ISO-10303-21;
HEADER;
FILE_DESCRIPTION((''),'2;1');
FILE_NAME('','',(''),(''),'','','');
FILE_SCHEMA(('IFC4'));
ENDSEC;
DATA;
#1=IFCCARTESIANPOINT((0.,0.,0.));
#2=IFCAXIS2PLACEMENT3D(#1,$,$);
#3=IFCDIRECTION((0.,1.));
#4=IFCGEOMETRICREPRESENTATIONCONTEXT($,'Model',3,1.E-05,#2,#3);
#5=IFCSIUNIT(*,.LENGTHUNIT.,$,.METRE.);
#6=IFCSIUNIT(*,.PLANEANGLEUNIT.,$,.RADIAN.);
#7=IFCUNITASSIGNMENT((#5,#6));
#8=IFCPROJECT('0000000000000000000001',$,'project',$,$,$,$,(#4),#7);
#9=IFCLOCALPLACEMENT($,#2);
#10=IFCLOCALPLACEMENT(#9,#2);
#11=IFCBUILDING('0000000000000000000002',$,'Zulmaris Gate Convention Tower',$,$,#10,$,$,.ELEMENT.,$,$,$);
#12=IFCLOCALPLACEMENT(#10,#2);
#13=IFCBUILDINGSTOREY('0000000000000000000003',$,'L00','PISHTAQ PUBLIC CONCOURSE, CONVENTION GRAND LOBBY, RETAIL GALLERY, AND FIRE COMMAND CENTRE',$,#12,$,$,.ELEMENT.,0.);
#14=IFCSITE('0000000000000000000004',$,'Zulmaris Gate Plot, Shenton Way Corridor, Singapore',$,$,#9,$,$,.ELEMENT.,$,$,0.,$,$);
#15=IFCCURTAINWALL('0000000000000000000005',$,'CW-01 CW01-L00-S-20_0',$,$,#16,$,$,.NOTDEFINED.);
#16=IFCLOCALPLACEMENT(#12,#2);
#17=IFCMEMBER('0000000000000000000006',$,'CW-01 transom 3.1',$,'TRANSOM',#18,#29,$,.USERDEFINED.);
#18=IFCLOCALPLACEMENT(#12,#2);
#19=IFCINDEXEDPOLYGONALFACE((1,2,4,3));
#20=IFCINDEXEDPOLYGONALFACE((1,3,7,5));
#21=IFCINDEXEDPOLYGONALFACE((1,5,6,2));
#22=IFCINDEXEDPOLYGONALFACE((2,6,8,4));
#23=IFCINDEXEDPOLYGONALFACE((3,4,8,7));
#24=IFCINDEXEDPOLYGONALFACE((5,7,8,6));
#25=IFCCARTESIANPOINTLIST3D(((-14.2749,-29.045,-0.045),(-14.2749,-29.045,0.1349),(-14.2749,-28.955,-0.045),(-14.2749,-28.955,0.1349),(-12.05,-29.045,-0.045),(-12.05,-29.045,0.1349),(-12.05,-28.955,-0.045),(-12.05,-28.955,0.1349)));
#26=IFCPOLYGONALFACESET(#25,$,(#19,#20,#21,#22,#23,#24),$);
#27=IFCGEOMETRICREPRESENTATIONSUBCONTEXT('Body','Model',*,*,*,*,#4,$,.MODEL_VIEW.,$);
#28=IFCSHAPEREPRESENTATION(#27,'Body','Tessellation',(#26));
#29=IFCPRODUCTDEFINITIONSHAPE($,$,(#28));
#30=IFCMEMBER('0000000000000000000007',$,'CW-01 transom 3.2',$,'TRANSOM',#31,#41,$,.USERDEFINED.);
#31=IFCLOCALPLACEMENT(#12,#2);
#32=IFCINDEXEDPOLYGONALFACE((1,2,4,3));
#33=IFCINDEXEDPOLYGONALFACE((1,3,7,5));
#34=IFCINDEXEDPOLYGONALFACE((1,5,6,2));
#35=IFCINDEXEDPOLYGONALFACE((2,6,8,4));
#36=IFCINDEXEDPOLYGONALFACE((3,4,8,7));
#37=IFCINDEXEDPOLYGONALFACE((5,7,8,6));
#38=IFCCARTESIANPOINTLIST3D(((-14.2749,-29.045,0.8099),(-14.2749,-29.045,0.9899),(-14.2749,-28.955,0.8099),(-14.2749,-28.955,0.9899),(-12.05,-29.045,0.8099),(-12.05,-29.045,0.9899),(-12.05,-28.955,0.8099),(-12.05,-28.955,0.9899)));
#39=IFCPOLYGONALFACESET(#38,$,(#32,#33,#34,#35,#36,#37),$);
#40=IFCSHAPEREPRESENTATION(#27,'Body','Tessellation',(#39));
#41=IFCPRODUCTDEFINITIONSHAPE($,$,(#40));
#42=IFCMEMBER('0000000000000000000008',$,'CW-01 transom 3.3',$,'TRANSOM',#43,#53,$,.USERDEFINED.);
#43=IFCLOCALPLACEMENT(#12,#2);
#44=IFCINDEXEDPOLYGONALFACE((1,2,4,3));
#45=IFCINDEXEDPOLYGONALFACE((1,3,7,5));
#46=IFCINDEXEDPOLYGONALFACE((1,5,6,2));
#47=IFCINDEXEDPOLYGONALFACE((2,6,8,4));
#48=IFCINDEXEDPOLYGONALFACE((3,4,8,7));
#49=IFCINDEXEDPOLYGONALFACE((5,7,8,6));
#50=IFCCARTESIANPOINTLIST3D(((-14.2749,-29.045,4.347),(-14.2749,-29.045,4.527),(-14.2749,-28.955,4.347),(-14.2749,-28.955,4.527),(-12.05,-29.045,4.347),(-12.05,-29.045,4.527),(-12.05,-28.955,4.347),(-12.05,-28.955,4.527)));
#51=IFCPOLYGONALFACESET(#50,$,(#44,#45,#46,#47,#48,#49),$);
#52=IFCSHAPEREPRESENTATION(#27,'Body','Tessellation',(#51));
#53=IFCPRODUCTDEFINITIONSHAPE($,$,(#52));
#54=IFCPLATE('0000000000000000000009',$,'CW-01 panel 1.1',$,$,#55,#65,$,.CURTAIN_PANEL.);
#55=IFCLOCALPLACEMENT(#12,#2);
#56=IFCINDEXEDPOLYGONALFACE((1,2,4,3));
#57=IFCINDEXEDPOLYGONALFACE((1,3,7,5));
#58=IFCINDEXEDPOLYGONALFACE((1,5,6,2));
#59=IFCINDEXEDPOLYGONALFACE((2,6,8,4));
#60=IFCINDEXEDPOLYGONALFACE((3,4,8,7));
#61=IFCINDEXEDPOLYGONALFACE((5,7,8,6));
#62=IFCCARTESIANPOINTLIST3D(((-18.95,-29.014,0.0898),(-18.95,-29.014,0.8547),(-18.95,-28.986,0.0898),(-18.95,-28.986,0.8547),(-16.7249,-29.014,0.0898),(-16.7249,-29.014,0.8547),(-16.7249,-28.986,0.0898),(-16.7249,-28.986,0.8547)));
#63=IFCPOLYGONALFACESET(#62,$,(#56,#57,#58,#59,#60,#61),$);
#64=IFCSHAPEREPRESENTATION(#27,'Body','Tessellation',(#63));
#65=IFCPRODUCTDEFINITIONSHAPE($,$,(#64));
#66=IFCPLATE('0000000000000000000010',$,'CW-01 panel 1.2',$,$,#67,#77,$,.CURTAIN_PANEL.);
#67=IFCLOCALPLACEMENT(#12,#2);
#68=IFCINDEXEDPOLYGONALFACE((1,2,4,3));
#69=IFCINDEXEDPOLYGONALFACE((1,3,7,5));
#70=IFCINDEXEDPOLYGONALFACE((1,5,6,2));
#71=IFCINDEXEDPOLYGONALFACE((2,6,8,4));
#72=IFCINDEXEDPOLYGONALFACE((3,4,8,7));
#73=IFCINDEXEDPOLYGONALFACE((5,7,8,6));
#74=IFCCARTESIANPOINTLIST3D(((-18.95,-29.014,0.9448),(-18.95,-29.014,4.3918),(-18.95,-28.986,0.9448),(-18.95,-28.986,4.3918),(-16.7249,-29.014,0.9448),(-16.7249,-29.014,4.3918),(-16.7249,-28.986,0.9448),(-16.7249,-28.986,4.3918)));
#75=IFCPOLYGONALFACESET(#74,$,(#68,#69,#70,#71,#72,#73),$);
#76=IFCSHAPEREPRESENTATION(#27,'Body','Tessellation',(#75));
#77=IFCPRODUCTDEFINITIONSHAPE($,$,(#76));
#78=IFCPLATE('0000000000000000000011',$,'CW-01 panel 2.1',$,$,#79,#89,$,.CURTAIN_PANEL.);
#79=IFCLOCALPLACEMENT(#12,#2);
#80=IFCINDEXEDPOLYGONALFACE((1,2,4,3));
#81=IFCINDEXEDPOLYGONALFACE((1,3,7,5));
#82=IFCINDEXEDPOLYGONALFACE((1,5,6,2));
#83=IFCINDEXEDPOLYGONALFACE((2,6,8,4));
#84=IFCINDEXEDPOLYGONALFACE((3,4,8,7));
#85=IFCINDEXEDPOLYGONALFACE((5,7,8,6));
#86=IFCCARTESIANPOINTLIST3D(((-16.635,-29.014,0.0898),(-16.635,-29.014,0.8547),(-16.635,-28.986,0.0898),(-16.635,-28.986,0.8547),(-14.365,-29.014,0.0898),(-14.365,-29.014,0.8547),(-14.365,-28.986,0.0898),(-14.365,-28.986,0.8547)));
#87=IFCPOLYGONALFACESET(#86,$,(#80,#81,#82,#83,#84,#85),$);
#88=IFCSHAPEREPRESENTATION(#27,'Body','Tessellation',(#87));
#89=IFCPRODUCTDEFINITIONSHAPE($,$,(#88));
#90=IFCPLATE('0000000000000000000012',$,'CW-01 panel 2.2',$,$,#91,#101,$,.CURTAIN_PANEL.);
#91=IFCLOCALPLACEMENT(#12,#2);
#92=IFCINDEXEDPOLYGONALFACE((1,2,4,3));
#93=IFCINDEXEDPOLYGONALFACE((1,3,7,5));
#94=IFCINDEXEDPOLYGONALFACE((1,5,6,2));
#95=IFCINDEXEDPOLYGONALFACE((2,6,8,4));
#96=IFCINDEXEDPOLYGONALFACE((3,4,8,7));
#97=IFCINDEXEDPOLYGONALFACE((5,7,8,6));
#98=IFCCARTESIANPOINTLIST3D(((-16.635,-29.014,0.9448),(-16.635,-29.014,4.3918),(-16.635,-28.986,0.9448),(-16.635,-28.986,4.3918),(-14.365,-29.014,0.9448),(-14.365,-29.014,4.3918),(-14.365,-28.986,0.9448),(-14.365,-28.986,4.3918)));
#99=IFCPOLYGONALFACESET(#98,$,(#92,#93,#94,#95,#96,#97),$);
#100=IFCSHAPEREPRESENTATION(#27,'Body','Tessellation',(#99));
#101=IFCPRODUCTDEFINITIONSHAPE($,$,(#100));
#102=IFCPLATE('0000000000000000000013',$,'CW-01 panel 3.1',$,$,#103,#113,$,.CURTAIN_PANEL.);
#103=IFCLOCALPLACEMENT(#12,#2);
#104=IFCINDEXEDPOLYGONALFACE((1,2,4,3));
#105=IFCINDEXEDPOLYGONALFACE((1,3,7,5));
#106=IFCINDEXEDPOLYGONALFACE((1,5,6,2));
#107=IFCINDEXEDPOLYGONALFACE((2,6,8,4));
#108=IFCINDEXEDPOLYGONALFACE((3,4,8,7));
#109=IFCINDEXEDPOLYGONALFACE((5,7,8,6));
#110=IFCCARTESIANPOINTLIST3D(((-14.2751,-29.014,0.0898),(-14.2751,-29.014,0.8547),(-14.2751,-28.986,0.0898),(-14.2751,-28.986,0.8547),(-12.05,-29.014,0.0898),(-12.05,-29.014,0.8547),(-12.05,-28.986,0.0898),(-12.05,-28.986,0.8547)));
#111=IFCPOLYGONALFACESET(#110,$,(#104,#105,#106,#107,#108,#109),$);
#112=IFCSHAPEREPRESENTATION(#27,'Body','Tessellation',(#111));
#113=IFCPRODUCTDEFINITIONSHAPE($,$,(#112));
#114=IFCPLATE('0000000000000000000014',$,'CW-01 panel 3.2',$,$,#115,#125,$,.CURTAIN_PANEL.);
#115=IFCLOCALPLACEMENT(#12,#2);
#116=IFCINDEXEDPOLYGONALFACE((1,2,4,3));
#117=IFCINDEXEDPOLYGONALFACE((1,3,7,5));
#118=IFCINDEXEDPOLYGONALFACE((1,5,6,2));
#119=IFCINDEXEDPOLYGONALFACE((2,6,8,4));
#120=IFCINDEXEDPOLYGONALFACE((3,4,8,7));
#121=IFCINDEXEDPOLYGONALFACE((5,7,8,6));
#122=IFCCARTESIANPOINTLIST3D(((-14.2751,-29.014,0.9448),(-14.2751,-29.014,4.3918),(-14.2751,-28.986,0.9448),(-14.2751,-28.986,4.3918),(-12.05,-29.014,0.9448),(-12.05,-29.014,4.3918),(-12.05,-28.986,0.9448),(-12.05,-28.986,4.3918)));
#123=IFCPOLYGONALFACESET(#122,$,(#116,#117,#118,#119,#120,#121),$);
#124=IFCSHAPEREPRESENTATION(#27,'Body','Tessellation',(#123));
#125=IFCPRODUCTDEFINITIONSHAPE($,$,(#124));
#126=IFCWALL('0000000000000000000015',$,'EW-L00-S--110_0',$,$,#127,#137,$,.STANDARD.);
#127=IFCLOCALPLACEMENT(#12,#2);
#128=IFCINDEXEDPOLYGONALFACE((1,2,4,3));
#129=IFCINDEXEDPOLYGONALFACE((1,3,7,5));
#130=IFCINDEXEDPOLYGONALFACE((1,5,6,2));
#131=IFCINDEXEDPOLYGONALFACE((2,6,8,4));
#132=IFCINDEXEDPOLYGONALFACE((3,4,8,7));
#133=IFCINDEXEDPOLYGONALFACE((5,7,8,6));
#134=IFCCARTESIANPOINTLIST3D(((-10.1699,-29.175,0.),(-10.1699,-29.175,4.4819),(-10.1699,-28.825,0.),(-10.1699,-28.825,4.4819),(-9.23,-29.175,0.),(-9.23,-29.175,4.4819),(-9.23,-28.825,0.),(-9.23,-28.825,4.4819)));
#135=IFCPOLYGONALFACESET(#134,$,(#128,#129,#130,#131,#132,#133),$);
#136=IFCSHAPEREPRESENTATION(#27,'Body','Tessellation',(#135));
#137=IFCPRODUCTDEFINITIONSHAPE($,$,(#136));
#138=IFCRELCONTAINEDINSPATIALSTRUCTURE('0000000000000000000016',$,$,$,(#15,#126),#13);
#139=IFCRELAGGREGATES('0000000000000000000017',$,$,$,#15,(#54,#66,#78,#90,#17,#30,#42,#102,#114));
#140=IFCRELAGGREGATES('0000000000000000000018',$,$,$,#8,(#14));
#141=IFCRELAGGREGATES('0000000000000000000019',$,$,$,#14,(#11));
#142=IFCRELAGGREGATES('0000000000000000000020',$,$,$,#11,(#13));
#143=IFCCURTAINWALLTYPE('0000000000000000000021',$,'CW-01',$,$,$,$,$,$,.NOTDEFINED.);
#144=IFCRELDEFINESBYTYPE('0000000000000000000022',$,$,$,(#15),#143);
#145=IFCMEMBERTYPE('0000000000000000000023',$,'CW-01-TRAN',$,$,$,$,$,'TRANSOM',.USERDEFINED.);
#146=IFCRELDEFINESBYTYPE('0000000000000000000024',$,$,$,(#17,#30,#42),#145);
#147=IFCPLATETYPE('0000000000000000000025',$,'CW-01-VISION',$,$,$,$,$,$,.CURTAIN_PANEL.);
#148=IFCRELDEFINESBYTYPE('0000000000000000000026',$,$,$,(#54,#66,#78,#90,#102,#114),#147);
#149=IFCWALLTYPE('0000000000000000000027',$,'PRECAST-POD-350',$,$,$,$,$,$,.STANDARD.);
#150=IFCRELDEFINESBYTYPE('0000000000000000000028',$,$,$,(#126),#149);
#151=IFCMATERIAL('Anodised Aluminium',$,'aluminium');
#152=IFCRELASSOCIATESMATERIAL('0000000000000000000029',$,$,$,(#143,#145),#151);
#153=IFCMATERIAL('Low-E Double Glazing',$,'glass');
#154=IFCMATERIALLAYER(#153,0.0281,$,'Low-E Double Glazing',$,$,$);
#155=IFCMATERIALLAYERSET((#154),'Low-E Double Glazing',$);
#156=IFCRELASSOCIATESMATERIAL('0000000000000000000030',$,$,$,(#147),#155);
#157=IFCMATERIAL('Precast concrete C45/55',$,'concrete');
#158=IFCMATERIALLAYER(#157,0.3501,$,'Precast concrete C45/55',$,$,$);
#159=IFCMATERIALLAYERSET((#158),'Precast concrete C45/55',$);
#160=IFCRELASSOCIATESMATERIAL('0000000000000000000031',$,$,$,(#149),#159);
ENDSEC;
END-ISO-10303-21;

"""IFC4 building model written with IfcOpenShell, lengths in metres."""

from ifc_helpers import new_model, si_unit, direction, frame, frame_2d, origin, origin_2d, place, context, subcontext, project, spatial, rectangle, extrude, material, layer, layer_set, material_profile, profile_set, type_object, element, aggregate, save


model = new_model("IFC4")

# Units and contexts
model_context = context("Model", 3, precision=1e-05, world=origin(), true_north=direction((0.0, 1.0)))
body_context = subcontext(model_context, "Body", "Model", "MODEL_VIEW")
ifc_project = project(units=[si_unit("LENGTHUNIT", "METRE"), si_unit("PLANEANGLEUNIT", "RADIAN")], contexts=[model_context])

# Site, building, storey
site_placement = place(None, origin())
site = spatial("IfcSite", under=ifc_project, at=site_placement, Name="Zulmaris Gate Plot, Shenton Way Corridor, Singapore", CompositionType="ELEMENT", RefElevation=0.0)
building_placement = place(site_placement, origin())
building = spatial("IfcBuilding", under=site, at=building_placement, Name="Zulmaris Gate Convention Tower", CompositionType="ELEMENT")
storey_placement = place(building_placement, origin())
storey = spatial("IfcBuildingStorey", under=building, at=storey_placement, Name="L00", Description="PISHTAQ PUBLIC CONCOURSE, CONVENTION GRAND LOBBY, RETAIL GALLERY, AND FIRE COMMAND CENTRE", CompositionType="ELEMENT", Elevation=0.0)

# Curtain wall, members, plates
ifc_material_1 = material(Name="Anodised Aluminium", Category="aluminium")
curtain_wall_type = type_object("IfcCurtainWallType", Name="CW-01", PredefinedType="NOTDEFINED", material=ifc_material_1)
curtain_wall_placement = place(storey_placement, origin())
curtain_wall = element("IfcCurtainWall", 1, at=curtain_wall_placement, inside=storey, type_object=curtain_wall_type, Name="CW-01 CW01-L00-S-20_0", PredefinedType="NOTDEFINED")
ifc_material_profile_1 = material_profile(ifc_material_1, rectangle(XDim=0.0901, YDim=0.1799, at=origin_2d()), Name="ALU TRANSOM 90x180")
ifc_profile_set_1 = profile_set([ifc_material_profile_1], Name="Anodised Aluminium")
member_type_1 = type_object("IfcMemberType", Name="CW-01-TRAN", ElementType="TRANSOM", PredefinedType="USERDEFINED", material=ifc_profile_set_1)
member_1_placement = place(storey_placement, frame((-14.2749, -29.0, 0.0449), z_axis=(1.0, 0.0, 0.0), x_axis=(0.0, 1.0, 0.0)))
member_1 = element("IfcMember", 2, at=member_1_placement, type_object=member_type_1, Name="CW-01 transom 3.1", ObjectType="TRANSOM", PredefinedType="USERDEFINED", context=body_context, shape_type="SweptSolid", body=[
    extrude(rectangle(XDim=0.0901, YDim=0.1799, at=origin_2d()), origin(), (0.0, 0.0, 1.0), 2.2249),
])
member_2_placement = place(storey_placement, frame((-14.2749, -29.0, 0.8999), z_axis=(1.0, 0.0, 0.0), x_axis=(0.0, 1.0, 0.0)))
member_2 = element("IfcMember", 3, at=member_2_placement, type_object=member_type_1, Name="CW-01 transom 3.2", ObjectType="TRANSOM", PredefinedType="USERDEFINED", context=body_context, shape_type="SweptSolid", body=[
    extrude(rectangle(XDim=0.0901, YDim=0.1799, at=origin_2d()), origin(), (0.0, 0.0, 1.0), 2.2249),
])
member_3_placement = place(storey_placement, frame((-14.2749, -29.0, 4.437), z_axis=(1.0, 0.0, 0.0), x_axis=(0.0, 1.0, 0.0)))
member_3 = element("IfcMember", 4, at=member_3_placement, type_object=member_type_1, Name="CW-01 transom 3.3", ObjectType="TRANSOM", PredefinedType="USERDEFINED", context=body_context, shape_type="SweptSolid", body=[
    extrude(rectangle(XDim=0.0901, YDim=0.1799, at=origin_2d()), origin(), (0.0, 0.0, 1.0), 2.2249),
])
ifc_material_2 = material(Name="Low-E Double Glazing", Category="glass")
ifc_layer_1 = layer(ifc_material_2, 0.0281, Name="Low-E Double Glazing")
ifc_layer_set_1 = layer_set([ifc_layer_1], Name="Low-E Double Glazing")
plate_type = type_object("IfcPlateType", Name="CW-01-VISION", PredefinedType="CURTAIN_PANEL", material=ifc_layer_set_1)
plate_1_placement = place(storey_placement, frame((-17.8374, -29.0, 0.0898), z_axis=(0.0, 0.0, 1.0), x_axis=(1.0, 0.0, 0.0)))
plate_1 = element("IfcPlate", 5, at=plate_1_placement, type_object=plate_type, Name="CW-01 panel 1.1", PredefinedType="CURTAIN_PANEL", context=body_context, shape_type="SweptSolid", body=[
    extrude(rectangle(XDim=2.2251, YDim=0.0281, at=origin_2d()), origin(), (0.0, 0.0, 1.0), 0.7649),
])
plate_2_placement = place(storey_placement, frame((-17.8374, -29.0, 0.9448), z_axis=(0.0, 0.0, 1.0), x_axis=(1.0, 0.0, 0.0)))
plate_2 = element("IfcPlate", 6, at=plate_2_placement, type_object=plate_type, Name="CW-01 panel 1.2", PredefinedType="CURTAIN_PANEL", context=body_context, shape_type="SweptSolid", body=[
    extrude(rectangle(XDim=2.2251, YDim=0.0281, at=origin_2d()), origin(), (0.0, 0.0, 1.0), 3.447),
])
plate_3_placement = place(storey_placement, frame((-15.5, -29.0, 0.0898), z_axis=(0.0, 0.0, 1.0), x_axis=(1.0, 0.0, 0.0)))
plate_3 = element("IfcPlate", 7, at=plate_3_placement, type_object=plate_type, Name="CW-01 panel 2.1", PredefinedType="CURTAIN_PANEL", context=body_context, shape_type="SweptSolid", body=[
    extrude(rectangle(XDim=2.27, YDim=0.0281, at=origin_2d()), origin(), (0.0, 0.0, 1.0), 0.7649),
])
plate_4_placement = place(storey_placement, frame((-15.5, -29.0, 0.9448), z_axis=(0.0, 0.0, 1.0), x_axis=(1.0, 0.0, 0.0)))
plate_4 = element("IfcPlate", 8, at=plate_4_placement, type_object=plate_type, Name="CW-01 panel 2.2", PredefinedType="CURTAIN_PANEL", context=body_context, shape_type="SweptSolid", body=[
    extrude(rectangle(XDim=2.27, YDim=0.0281, at=origin_2d()), origin(), (0.0, 0.0, 1.0), 3.447),
])
plate_5_placement = place(storey_placement, frame((-13.1626, -29.0, 0.0898), z_axis=(0.0, 0.0, 1.0), x_axis=(1.0, 0.0, 0.0)))
plate_5 = element("IfcPlate", 9, at=plate_5_placement, type_object=plate_type, Name="CW-01 panel 3.1", PredefinedType="CURTAIN_PANEL", context=body_context, shape_type="SweptSolid", body=[
    extrude(rectangle(XDim=2.2251, YDim=0.0281, at=origin_2d()), origin(), (0.0, 0.0, 1.0), 0.7649),
])
plate_6_placement = place(storey_placement, frame((-13.1626, -29.0, 0.9448), z_axis=(0.0, 0.0, 1.0), x_axis=(1.0, 0.0, 0.0)))
plate_6 = element("IfcPlate", 10, at=plate_6_placement, type_object=plate_type, Name="CW-01 panel 3.2", PredefinedType="CURTAIN_PANEL", context=body_context, shape_type="SweptSolid", body=[
    extrude(rectangle(XDim=2.2251, YDim=0.0281, at=origin_2d()), origin(), (0.0, 0.0, 1.0), 3.447),
])
aggregate(curtain_wall, [plate_1, plate_2, plate_3, plate_4, member_1, member_2, member_3, plate_5, plate_6])

# Wall
ifc_material_3 = material(Name="Precast concrete C45/55", Category="concrete")
ifc_layer_2 = layer(ifc_material_3, 0.3501, Name="Precast concrete C45/55")
ifc_layer_set_2 = layer_set([ifc_layer_2], Name="Precast concrete C45/55")
wall_type = type_object("IfcWallType", Name="PRECAST-POD-350", PredefinedType="STANDARD", material=ifc_layer_set_2)
wall_placement = place(storey_placement, frame((-10.1699, -29.0, 0.0), z_axis=(0.0, 0.0, 1.0), x_axis=(1.0, 0.0, 0.0)))
element("IfcWall", 11, at=wall_placement, inside=storey, type_object=wall_type, Name="EW-L00-S--110_0", PredefinedType="STANDARD", context=body_context, shape_type="SweptSolid", body=[
    extrude(rectangle(XDim=0.9399, YDim=0.3501, at=frame_2d((0.47, 0.0))), origin(), (0.0, 0.0, 1.0), 4.4819),
])

save(model, "model.ifc")
